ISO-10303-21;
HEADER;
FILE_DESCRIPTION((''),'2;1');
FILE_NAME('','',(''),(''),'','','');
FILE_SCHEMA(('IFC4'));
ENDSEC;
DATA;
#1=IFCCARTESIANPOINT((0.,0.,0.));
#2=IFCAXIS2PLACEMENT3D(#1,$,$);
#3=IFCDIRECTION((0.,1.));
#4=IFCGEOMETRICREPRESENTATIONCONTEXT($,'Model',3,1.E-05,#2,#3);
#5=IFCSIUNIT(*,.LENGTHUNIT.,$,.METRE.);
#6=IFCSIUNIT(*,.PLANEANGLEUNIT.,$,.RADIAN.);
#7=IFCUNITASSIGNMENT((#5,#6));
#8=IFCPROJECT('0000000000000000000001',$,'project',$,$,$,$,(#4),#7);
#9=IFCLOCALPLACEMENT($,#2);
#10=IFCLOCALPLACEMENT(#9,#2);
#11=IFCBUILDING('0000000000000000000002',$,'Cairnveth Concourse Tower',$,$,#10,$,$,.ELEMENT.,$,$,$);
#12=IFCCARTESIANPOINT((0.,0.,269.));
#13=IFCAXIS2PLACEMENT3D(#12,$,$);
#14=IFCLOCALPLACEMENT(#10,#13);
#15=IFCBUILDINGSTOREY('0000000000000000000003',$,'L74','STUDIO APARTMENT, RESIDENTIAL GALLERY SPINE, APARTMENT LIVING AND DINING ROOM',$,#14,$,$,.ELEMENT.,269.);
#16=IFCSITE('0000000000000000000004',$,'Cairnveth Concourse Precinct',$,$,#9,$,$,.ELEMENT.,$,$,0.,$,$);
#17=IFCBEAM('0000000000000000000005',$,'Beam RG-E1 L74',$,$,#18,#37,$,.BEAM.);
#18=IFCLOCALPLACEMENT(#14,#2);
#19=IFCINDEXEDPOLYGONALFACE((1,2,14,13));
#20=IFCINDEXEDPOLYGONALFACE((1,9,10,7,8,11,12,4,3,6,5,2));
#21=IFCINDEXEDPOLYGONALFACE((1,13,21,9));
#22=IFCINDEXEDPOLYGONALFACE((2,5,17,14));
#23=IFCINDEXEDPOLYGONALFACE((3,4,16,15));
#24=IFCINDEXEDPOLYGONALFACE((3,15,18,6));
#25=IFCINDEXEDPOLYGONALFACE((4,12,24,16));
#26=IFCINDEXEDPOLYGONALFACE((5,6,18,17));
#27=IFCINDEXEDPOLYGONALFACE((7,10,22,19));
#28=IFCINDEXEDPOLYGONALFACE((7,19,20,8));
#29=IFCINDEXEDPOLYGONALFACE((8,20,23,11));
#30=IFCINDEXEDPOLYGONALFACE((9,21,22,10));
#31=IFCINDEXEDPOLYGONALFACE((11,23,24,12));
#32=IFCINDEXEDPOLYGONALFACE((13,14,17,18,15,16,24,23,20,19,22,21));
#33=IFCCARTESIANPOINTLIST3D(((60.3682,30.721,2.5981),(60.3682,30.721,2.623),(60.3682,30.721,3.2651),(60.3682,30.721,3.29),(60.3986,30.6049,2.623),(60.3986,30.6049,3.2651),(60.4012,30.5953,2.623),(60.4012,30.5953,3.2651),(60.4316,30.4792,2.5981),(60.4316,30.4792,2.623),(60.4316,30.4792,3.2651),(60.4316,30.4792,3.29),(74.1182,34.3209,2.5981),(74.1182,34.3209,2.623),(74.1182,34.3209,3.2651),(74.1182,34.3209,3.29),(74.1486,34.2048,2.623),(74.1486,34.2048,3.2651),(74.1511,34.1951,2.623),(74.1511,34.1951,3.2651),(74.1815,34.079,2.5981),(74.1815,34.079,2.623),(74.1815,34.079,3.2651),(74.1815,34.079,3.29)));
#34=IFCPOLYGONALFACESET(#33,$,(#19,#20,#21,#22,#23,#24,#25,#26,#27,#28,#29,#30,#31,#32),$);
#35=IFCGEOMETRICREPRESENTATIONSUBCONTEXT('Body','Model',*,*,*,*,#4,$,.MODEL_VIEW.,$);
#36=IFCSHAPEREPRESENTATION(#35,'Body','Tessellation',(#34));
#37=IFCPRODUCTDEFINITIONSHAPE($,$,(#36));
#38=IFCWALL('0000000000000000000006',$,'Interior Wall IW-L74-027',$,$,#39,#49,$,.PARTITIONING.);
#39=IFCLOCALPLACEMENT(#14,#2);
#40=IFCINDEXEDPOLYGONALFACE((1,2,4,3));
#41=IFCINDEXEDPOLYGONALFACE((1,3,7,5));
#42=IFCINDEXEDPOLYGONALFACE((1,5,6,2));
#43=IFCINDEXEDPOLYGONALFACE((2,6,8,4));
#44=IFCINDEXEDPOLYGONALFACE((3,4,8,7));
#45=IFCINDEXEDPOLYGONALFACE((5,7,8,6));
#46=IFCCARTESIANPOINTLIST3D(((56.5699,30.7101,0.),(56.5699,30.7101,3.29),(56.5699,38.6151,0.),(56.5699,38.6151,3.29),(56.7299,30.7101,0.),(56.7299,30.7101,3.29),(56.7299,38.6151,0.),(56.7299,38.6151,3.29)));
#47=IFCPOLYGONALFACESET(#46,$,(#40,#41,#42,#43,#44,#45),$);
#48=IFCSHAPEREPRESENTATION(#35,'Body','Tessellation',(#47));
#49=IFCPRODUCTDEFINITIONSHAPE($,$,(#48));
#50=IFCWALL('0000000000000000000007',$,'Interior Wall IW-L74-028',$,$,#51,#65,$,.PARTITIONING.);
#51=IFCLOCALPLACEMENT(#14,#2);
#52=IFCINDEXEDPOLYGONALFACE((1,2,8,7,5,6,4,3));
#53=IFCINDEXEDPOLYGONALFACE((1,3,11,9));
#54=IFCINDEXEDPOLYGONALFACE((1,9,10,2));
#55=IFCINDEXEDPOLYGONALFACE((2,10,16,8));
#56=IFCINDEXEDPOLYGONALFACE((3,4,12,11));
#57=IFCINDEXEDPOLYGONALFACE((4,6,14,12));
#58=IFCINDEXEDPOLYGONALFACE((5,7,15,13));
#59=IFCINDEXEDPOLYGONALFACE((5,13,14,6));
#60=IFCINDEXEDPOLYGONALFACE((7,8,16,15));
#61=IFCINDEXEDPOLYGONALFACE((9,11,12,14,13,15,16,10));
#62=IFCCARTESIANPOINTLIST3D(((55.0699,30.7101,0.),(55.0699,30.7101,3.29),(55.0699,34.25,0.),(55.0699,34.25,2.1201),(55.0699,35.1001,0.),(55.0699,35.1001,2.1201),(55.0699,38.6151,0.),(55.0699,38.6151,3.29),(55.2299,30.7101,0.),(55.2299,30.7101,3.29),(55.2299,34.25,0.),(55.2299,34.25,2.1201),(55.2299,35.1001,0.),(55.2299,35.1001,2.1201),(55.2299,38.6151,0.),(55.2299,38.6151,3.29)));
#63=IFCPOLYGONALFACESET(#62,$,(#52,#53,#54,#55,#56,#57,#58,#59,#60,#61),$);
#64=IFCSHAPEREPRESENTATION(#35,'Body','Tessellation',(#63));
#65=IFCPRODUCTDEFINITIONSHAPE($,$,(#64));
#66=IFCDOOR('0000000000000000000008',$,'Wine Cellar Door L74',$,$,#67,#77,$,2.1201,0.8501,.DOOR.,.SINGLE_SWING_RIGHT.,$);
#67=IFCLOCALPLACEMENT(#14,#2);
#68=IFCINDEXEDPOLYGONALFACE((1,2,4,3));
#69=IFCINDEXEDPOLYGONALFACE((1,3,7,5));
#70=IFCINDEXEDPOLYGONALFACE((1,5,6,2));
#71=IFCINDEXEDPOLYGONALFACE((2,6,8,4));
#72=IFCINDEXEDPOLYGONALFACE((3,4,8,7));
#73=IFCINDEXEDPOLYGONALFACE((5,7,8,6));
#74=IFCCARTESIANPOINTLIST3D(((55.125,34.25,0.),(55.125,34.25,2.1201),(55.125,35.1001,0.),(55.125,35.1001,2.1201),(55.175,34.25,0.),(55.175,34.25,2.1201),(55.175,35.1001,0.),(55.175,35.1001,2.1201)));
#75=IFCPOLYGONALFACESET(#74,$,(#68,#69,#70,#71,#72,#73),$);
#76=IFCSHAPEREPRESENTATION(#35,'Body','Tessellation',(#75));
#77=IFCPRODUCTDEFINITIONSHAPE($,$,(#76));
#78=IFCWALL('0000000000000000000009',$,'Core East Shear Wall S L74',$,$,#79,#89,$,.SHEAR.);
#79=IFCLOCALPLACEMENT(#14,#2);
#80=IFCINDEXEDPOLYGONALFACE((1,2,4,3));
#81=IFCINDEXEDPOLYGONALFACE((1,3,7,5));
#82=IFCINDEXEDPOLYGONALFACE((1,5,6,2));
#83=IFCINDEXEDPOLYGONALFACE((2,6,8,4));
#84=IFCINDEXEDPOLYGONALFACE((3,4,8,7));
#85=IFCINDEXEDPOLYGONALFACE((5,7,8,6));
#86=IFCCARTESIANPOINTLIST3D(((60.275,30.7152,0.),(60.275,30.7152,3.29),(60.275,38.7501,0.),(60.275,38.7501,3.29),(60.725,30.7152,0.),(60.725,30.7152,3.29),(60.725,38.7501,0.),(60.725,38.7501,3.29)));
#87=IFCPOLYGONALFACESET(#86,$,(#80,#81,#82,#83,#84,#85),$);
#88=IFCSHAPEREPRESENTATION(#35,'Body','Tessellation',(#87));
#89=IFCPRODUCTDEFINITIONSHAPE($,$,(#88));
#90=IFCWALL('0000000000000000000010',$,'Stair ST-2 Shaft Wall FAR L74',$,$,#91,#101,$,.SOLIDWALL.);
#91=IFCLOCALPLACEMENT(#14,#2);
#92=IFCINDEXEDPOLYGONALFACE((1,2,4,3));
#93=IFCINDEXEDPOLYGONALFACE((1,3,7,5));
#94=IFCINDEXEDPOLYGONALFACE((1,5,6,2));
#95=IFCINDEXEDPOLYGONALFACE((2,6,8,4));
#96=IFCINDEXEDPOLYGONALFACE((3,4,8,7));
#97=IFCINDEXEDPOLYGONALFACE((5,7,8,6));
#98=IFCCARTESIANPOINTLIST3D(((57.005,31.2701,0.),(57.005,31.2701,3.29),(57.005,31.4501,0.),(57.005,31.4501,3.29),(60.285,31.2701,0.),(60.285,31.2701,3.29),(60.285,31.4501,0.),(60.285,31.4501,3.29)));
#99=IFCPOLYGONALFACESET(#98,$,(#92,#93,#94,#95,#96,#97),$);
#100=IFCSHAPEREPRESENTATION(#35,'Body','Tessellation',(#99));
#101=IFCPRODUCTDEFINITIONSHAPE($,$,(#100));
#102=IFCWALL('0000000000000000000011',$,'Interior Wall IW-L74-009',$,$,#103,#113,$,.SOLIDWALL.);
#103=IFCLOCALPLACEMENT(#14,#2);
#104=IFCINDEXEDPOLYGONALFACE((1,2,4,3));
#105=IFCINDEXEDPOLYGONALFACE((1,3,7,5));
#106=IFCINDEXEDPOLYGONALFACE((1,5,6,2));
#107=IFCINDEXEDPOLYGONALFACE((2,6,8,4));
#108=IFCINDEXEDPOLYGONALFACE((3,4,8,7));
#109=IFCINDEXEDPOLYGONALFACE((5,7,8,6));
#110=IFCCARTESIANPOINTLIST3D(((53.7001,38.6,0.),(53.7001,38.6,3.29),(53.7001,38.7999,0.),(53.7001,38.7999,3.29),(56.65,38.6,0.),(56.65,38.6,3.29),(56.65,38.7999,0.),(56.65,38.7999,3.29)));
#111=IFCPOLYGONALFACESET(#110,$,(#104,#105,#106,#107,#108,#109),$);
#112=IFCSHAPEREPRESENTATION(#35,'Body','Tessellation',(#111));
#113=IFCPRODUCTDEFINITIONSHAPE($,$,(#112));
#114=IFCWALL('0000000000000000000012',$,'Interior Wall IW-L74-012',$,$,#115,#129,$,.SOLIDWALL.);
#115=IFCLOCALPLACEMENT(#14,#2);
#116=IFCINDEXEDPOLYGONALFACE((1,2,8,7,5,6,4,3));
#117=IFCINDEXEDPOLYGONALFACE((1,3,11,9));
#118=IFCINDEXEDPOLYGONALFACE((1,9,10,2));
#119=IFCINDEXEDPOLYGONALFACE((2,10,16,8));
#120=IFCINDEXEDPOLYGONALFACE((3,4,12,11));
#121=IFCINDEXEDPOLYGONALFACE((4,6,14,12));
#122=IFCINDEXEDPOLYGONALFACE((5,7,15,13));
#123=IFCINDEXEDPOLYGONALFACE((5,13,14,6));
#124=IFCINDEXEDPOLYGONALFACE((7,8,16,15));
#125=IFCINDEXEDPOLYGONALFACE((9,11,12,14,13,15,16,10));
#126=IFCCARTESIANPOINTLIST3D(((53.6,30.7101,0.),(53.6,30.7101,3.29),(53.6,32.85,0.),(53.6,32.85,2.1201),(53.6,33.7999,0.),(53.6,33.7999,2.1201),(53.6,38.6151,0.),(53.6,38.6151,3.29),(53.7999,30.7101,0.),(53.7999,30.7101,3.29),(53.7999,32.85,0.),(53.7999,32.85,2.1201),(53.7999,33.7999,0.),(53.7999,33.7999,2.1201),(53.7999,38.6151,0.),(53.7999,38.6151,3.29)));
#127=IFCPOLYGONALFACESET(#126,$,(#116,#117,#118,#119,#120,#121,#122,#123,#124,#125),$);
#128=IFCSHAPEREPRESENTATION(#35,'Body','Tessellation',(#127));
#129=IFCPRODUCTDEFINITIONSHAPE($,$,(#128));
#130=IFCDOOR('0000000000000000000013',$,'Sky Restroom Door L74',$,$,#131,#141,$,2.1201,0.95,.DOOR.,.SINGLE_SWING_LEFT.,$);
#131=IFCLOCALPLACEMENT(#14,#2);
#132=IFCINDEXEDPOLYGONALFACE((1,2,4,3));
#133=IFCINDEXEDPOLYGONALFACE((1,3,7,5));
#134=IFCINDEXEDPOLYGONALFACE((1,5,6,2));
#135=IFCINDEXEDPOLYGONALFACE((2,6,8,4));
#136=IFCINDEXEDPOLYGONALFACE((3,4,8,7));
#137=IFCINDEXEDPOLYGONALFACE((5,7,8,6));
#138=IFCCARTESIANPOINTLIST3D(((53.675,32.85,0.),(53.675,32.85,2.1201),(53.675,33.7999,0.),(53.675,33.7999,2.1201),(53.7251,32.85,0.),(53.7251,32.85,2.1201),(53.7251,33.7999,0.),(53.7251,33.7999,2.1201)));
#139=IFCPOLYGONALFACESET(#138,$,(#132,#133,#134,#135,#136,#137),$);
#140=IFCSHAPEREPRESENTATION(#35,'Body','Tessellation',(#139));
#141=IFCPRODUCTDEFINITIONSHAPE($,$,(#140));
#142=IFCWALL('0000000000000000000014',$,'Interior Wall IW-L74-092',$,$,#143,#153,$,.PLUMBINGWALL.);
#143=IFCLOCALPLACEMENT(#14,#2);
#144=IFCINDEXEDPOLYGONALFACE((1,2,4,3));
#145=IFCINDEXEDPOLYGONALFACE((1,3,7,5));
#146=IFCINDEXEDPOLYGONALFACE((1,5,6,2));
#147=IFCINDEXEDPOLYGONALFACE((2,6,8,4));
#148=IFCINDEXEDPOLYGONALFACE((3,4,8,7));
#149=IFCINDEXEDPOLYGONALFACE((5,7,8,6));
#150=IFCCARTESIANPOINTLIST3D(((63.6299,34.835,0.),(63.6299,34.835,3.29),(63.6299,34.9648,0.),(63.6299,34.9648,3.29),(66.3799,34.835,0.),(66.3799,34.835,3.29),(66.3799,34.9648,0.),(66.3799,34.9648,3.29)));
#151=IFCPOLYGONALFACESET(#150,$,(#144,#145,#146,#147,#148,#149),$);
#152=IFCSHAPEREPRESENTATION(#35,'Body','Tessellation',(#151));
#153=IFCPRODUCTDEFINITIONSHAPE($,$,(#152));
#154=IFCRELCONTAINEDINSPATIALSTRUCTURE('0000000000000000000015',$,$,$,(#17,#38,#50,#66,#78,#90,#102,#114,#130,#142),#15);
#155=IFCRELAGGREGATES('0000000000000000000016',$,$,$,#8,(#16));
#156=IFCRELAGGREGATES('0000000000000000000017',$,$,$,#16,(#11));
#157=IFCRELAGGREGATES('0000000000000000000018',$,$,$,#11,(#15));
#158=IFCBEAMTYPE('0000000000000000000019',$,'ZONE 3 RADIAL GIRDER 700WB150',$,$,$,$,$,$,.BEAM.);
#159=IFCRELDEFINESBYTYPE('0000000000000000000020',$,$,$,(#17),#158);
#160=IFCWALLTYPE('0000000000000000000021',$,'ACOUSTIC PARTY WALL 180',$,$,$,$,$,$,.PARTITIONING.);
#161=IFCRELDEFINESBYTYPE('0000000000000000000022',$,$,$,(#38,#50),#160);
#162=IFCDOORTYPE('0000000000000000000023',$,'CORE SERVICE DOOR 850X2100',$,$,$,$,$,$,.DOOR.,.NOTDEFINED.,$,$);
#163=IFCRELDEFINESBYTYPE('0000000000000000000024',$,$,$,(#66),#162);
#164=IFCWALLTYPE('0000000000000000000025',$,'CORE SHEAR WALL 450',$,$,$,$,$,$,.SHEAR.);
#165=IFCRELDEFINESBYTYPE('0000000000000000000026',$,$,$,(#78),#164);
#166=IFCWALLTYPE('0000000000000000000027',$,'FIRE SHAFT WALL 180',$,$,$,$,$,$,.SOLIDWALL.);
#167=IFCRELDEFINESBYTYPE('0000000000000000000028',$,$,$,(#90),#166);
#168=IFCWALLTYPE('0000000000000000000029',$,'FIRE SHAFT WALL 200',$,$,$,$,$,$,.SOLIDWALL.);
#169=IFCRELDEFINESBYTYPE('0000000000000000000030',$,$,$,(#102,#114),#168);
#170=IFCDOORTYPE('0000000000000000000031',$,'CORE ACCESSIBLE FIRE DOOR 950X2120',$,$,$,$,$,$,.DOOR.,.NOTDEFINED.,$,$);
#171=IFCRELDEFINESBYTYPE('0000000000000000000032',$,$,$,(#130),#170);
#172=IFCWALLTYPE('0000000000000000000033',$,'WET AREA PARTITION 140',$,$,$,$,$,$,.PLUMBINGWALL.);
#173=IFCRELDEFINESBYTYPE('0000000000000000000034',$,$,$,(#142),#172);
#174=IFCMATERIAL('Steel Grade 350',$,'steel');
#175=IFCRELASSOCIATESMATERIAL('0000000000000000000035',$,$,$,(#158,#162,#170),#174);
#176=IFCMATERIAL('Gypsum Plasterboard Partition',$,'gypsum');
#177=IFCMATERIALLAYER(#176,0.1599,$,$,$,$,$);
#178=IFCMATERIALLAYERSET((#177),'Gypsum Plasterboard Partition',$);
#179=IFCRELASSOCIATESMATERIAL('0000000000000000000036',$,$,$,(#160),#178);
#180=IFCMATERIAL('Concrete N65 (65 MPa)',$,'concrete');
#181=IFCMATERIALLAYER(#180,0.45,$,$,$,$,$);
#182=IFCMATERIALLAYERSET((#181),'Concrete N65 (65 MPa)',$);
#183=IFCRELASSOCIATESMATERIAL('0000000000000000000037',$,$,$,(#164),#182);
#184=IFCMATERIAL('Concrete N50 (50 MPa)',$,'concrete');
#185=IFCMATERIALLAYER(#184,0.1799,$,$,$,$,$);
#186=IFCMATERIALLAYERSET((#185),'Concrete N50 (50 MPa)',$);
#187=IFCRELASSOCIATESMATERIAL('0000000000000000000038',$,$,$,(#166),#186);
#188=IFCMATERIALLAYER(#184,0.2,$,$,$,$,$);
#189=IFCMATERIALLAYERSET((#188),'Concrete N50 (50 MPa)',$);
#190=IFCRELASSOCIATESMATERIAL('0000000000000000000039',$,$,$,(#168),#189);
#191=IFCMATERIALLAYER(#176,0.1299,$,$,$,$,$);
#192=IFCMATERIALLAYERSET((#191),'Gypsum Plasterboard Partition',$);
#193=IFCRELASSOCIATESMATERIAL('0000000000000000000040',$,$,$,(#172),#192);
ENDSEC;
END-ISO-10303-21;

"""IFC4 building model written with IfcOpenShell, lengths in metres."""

from ifc_helpers import new_model, si_unit, direction, frame, frame_2d, origin, origin_2d, place, context, subcontext, project, spatial, rectangle, i_section, extrude, material, layer, layer_set, material_profile, profile_set, type_object, element, fill, save


model = new_model("IFC4")

# Units and contexts
model_context = context("Model", 3, precision=1e-05, world=origin(), true_north=direction((0.0, 1.0)))
body_context = subcontext(model_context, "Body", "Model", "MODEL_VIEW")
ifc_project = project(units=[si_unit("LENGTHUNIT", "METRE"), si_unit("PLANEANGLEUNIT", "RADIAN")], contexts=[model_context])

# Site, building, storey
site_placement = place(None, origin())
site = spatial("IfcSite", under=ifc_project, at=site_placement, Name="Cairnveth Concourse Precinct", CompositionType="ELEMENT", RefElevation=0.0)
building_placement = place(site_placement, origin())
building = spatial("IfcBuilding", under=site, at=building_placement, Name="Cairnveth Concourse Tower", CompositionType="ELEMENT")
storey_placement = place(building_placement, frame((0.0, 0.0, 269.0)))
storey = spatial("IfcBuildingStorey", under=building, at=storey_placement, Name="L74", Description="STUDIO APARTMENT, RESIDENTIAL GALLERY SPINE, APARTMENT LIVING AND DINING ROOM", CompositionType="ELEMENT", Elevation=269.0)

# Beam
ifc_material_1 = material(Name="Steel Grade 350", Category="steel")
ifc_material_profile = material_profile(ifc_material_1, i_section(OverallWidth=0.25, OverallDepth=0.6919, WebThickness=0.01, FlangeThickness=0.0249, at=origin_2d()), Name="700WB150")
ifc_profile_set = profile_set([ifc_material_profile], Name="Steel Grade 350")
beam_type = type_object("IfcBeamType", Name="ZONE 3 RADIAL GIRDER 700WB150", PredefinedType="BEAM", material=ifc_profile_set)
beam_placement = place(storey_placement, frame((60.3999, 30.6001, 2.9441), z_axis=(0.967395, 0.253271, 0.0), x_axis=(-0.253271, 0.967395, 0.0)))
element("IfcBeam", 1, at=beam_placement, inside=storey, type_object=beam_type, Name="Beam RG-E1 L74", PredefinedType="BEAM", context=body_context, shape_type="SweptSolid", body=[
    extrude(i_section(OverallWidth=0.25, OverallDepth=0.6919, WebThickness=0.01, FlangeThickness=0.0249, at=origin_2d()), origin(), (0.0, 0.0, 1.0), 14.2134),
])

# Wall
ifc_material_2 = material(Name="Gypsum Plasterboard Partition", Category="gypsum")
ifc_layer_1 = layer(ifc_material_2, 0.1599)
ifc_layer_set_1 = layer_set([ifc_layer_1], Name="Gypsum Plasterboard Partition")
wall_type_1 = type_object("IfcWallType", Name="ACOUSTIC PARTY WALL 180", PredefinedType="PARTITIONING", material=ifc_layer_set_1)
wall_1_placement = place(storey_placement, frame((56.6499, 30.71, 0.0), z_axis=(0.0, 0.0, 1.0), x_axis=(0.0, 1.0, 0.0)))
element("IfcWall", 2, at=wall_1_placement, inside=storey, type_object=wall_type_1, Name="Interior Wall IW-L74-027", PredefinedType="PARTITIONING", context=body_context, shape_type="SweptSolid", body=[
    extrude(rectangle(XDim=7.905, YDim=0.1599, at=frame_2d((3.9526, 0.0))), origin(), (0.0, 0.0, 1.0), 3.29),
])

# Wall, opening, door
wall_2_placement = place(storey_placement, frame((55.1499, 30.71, 0.0), z_axis=(0.0, 0.0, 1.0), x_axis=(0.0, 1.0, 0.0)))
wall_2 = element("IfcWall", 3, at=wall_2_placement, inside=storey, type_object=wall_type_1, Name="Interior Wall IW-L74-028", PredefinedType="PARTITIONING", context=body_context, shape_type="SweptSolid", body=[
    extrude(rectangle(XDim=7.905, YDim=0.1599, at=frame_2d((3.9526, 0.0))), origin(), (0.0, 0.0, 1.0), 3.29),
])
opening_1_placement = place(wall_2_placement, frame((3.54, 0.0, 0.0)))
opening_1 = element("IfcOpeningElement", 4, at=opening_1_placement, cuts=wall_2, PredefinedType="OPENING", context=body_context, shape_type="SweptSolid", body=[
    extrude(rectangle(XDim=0.8501, YDim=2.1201, at=frame_2d((0.425, 1.0601))), frame((0.0, 0.0898, 0.0), z_axis=(0.0, -1.0, 0.0), x_axis=(1.0, 0.0, 0.0)), (0.0, 0.0, 1.0), 0.1799),
])
door_type_1 = type_object("IfcDoorType", Name="CORE SERVICE DOOR 850X2100", OperationType="NOTDEFINED", PredefinedType="DOOR", material=ifc_material_1)
door_1_placement = place(opening_1_placement, origin())
door_1 = element("IfcDoor", 5, at=door_1_placement, inside=storey, type_object=door_type_1, Name="Wine Cellar Door L74", OperationType="SINGLE_SWING_RIGHT", OverallHeight=2.1201, OverallWidth=0.8501, PredefinedType="DOOR", context=body_context, shape_type="SweptSolid", body=[
    extrude(rectangle(XDim=0.8501, YDim=2.1201, at=frame_2d((0.425, 1.0601))), frame((0.0, 0.0249, 0.0), z_axis=(0.0, -1.0, 0.0), x_axis=(1.0, 0.0, 0.0)), (0.0, 0.0, 1.0), 0.05),
])
fill(opening_1, door_1)

# Wall
ifc_material_3 = material(Name="Concrete N65 (65 MPa)", Category="concrete")
ifc_layer_2 = layer(ifc_material_3, 0.45)
ifc_layer_set_2 = layer_set([ifc_layer_2], Name="Concrete N65 (65 MPa)")
wall_type_2 = type_object("IfcWallType", Name="CORE SHEAR WALL 450", PredefinedType="SHEAR", material=ifc_layer_set_2)
wall_3_placement = place(storey_placement, frame((60.5, 30.7151, 0.0), z_axis=(0.0, 0.0, 1.0), x_axis=(0.0, 1.0, 0.0)))
element("IfcWall", 6, at=wall_3_placement, inside=storey, type_object=wall_type_2, Name="Core East Shear Wall S L74", PredefinedType="SHEAR", context=body_context, shape_type="SweptSolid", body=[
    extrude(rectangle(XDim=8.0349, YDim=0.45, at=frame_2d((4.0176, 0.0))), origin(), (0.0, 0.0, 1.0), 3.29),
])

# Shared definitions
ifc_material_4 = material(Name="Concrete N50 (50 MPa)", Category="concrete")
ifc_layer_3 = layer(ifc_material_4, 0.1799)
ifc_layer_set_3 = layer_set([ifc_layer_3], Name="Concrete N50 (50 MPa)")
wall_type_3 = type_object("IfcWallType", Name="FIRE SHAFT WALL 180", PredefinedType="SOLIDWALL", material=ifc_layer_set_3)

# Walls
wall_4_placement = place(storey_placement, frame((57.0049, 31.3601, 0.0), z_axis=(0.0, 0.0, 1.0), x_axis=(1.0, 0.0, 0.0)))
element("IfcWall", 7, at=wall_4_placement, inside=storey, type_object=wall_type_3, Name="Stair ST-2 Shaft Wall FAR L74", PredefinedType="SOLIDWALL", context=body_context, shape_type="SweptSolid", body=[
    extrude(rectangle(XDim=3.28, YDim=0.1799, at=frame_2d((1.6401, 0.0))), origin(), (0.0, 0.0, 1.0), 3.29),
])
ifc_layer_4 = layer(ifc_material_4, 0.2)
ifc_layer_set_4 = layer_set([ifc_layer_4], Name="Concrete N50 (50 MPa)")
wall_type_4 = type_object("IfcWallType", Name="FIRE SHAFT WALL 200", PredefinedType="SOLIDWALL", material=ifc_layer_set_4)
wall_5_placement = place(storey_placement, frame((53.7, 38.7, 0.0), z_axis=(0.0, 0.0, 1.0), x_axis=(1.0, 0.0, 0.0)))
element("IfcWall", 8, at=wall_5_placement, inside=storey, type_object=wall_type_4, Name="Interior Wall IW-L74-009", PredefinedType="SOLIDWALL", context=body_context, shape_type="SweptSolid", body=[
    extrude(rectangle(XDim=2.95, YDim=0.2, at=frame_2d((1.4751, 0.0))), origin(), (0.0, 0.0, 1.0), 3.29),
])

# Wall, opening, door
wall_6_placement = place(storey_placement, frame((53.7, 30.71, 0.0), z_axis=(0.0, 0.0, 1.0), x_axis=(0.0, 1.0, 0.0)))
wall_6 = element("IfcWall", 9, at=wall_6_placement, inside=storey, type_object=wall_type_4, Name="Interior Wall IW-L74-012", PredefinedType="SOLIDWALL", context=body_context, shape_type="SweptSolid", body=[
    extrude(rectangle(XDim=7.905, YDim=0.2, at=frame_2d((3.9526, 0.0))), origin(), (0.0, 0.0, 1.0), 3.29),
])
opening_2_placement = place(wall_6_placement, frame((2.1399, 0.0, 0.0)))
opening_2 = element("IfcOpeningElement", 10, at=opening_2_placement, cuts=wall_6, PredefinedType="OPENING", context=body_context, shape_type="SweptSolid", body=[
    extrude(rectangle(XDim=0.95, YDim=2.1201, at=frame_2d((0.4751, 1.0601))), frame((0.0, 0.1099, 0.0), z_axis=(0.0, -1.0, 0.0), x_axis=(1.0, 0.0, 0.0)), (0.0, 0.0, 1.0), 0.22),
])
door_type_2 = type_object("IfcDoorType", Name="CORE ACCESSIBLE FIRE DOOR 950X2120", OperationType="NOTDEFINED", PredefinedType="DOOR", material=ifc_material_1)
door_2_placement = place(opening_2_placement, origin())
door_2 = element("IfcDoor", 11, at=door_2_placement, inside=storey, type_object=door_type_2, Name="Sky Restroom Door L74", OperationType="SINGLE_SWING_LEFT", OverallHeight=2.1201, OverallWidth=0.95, PredefinedType="DOOR", context=body_context, shape_type="SweptSolid", body=[
    extrude(rectangle(XDim=0.95, YDim=2.1201, at=frame_2d((0.4751, 1.0601))), frame((0.0, 0.0249, 0.0), z_axis=(0.0, -1.0, 0.0), x_axis=(1.0, 0.0, 0.0)), (0.0, 0.0, 1.0), 0.05),
])
fill(opening_2, door_2)

# Wall
ifc_layer_5 = layer(ifc_material_2, 0.1299)
ifc_layer_set_5 = layer_set([ifc_layer_5], Name="Gypsum Plasterboard Partition")
wall_type_5 = type_object("IfcWallType", Name="WET AREA PARTITION 140", PredefinedType="PLUMBINGWALL", material=ifc_layer_set_5)
wall_7_placement = place(storey_placement, frame((63.6299, 34.8999, 0.0), z_axis=(0.0, 0.0, 1.0), x_axis=(1.0, 0.0, 0.0)))
element("IfcWall", 12, at=wall_7_placement, inside=storey, type_object=wall_type_5, Name="Interior Wall IW-L74-092", PredefinedType="PLUMBINGWALL", context=body_context, shape_type="SweptSolid", body=[
    extrude(rectangle(XDim=2.75, YDim=0.1299, at=frame_2d((1.375, 0.0))), origin(), (0.0, 0.0, 1.0), 3.29),
])

save(model, "model.ifc")
